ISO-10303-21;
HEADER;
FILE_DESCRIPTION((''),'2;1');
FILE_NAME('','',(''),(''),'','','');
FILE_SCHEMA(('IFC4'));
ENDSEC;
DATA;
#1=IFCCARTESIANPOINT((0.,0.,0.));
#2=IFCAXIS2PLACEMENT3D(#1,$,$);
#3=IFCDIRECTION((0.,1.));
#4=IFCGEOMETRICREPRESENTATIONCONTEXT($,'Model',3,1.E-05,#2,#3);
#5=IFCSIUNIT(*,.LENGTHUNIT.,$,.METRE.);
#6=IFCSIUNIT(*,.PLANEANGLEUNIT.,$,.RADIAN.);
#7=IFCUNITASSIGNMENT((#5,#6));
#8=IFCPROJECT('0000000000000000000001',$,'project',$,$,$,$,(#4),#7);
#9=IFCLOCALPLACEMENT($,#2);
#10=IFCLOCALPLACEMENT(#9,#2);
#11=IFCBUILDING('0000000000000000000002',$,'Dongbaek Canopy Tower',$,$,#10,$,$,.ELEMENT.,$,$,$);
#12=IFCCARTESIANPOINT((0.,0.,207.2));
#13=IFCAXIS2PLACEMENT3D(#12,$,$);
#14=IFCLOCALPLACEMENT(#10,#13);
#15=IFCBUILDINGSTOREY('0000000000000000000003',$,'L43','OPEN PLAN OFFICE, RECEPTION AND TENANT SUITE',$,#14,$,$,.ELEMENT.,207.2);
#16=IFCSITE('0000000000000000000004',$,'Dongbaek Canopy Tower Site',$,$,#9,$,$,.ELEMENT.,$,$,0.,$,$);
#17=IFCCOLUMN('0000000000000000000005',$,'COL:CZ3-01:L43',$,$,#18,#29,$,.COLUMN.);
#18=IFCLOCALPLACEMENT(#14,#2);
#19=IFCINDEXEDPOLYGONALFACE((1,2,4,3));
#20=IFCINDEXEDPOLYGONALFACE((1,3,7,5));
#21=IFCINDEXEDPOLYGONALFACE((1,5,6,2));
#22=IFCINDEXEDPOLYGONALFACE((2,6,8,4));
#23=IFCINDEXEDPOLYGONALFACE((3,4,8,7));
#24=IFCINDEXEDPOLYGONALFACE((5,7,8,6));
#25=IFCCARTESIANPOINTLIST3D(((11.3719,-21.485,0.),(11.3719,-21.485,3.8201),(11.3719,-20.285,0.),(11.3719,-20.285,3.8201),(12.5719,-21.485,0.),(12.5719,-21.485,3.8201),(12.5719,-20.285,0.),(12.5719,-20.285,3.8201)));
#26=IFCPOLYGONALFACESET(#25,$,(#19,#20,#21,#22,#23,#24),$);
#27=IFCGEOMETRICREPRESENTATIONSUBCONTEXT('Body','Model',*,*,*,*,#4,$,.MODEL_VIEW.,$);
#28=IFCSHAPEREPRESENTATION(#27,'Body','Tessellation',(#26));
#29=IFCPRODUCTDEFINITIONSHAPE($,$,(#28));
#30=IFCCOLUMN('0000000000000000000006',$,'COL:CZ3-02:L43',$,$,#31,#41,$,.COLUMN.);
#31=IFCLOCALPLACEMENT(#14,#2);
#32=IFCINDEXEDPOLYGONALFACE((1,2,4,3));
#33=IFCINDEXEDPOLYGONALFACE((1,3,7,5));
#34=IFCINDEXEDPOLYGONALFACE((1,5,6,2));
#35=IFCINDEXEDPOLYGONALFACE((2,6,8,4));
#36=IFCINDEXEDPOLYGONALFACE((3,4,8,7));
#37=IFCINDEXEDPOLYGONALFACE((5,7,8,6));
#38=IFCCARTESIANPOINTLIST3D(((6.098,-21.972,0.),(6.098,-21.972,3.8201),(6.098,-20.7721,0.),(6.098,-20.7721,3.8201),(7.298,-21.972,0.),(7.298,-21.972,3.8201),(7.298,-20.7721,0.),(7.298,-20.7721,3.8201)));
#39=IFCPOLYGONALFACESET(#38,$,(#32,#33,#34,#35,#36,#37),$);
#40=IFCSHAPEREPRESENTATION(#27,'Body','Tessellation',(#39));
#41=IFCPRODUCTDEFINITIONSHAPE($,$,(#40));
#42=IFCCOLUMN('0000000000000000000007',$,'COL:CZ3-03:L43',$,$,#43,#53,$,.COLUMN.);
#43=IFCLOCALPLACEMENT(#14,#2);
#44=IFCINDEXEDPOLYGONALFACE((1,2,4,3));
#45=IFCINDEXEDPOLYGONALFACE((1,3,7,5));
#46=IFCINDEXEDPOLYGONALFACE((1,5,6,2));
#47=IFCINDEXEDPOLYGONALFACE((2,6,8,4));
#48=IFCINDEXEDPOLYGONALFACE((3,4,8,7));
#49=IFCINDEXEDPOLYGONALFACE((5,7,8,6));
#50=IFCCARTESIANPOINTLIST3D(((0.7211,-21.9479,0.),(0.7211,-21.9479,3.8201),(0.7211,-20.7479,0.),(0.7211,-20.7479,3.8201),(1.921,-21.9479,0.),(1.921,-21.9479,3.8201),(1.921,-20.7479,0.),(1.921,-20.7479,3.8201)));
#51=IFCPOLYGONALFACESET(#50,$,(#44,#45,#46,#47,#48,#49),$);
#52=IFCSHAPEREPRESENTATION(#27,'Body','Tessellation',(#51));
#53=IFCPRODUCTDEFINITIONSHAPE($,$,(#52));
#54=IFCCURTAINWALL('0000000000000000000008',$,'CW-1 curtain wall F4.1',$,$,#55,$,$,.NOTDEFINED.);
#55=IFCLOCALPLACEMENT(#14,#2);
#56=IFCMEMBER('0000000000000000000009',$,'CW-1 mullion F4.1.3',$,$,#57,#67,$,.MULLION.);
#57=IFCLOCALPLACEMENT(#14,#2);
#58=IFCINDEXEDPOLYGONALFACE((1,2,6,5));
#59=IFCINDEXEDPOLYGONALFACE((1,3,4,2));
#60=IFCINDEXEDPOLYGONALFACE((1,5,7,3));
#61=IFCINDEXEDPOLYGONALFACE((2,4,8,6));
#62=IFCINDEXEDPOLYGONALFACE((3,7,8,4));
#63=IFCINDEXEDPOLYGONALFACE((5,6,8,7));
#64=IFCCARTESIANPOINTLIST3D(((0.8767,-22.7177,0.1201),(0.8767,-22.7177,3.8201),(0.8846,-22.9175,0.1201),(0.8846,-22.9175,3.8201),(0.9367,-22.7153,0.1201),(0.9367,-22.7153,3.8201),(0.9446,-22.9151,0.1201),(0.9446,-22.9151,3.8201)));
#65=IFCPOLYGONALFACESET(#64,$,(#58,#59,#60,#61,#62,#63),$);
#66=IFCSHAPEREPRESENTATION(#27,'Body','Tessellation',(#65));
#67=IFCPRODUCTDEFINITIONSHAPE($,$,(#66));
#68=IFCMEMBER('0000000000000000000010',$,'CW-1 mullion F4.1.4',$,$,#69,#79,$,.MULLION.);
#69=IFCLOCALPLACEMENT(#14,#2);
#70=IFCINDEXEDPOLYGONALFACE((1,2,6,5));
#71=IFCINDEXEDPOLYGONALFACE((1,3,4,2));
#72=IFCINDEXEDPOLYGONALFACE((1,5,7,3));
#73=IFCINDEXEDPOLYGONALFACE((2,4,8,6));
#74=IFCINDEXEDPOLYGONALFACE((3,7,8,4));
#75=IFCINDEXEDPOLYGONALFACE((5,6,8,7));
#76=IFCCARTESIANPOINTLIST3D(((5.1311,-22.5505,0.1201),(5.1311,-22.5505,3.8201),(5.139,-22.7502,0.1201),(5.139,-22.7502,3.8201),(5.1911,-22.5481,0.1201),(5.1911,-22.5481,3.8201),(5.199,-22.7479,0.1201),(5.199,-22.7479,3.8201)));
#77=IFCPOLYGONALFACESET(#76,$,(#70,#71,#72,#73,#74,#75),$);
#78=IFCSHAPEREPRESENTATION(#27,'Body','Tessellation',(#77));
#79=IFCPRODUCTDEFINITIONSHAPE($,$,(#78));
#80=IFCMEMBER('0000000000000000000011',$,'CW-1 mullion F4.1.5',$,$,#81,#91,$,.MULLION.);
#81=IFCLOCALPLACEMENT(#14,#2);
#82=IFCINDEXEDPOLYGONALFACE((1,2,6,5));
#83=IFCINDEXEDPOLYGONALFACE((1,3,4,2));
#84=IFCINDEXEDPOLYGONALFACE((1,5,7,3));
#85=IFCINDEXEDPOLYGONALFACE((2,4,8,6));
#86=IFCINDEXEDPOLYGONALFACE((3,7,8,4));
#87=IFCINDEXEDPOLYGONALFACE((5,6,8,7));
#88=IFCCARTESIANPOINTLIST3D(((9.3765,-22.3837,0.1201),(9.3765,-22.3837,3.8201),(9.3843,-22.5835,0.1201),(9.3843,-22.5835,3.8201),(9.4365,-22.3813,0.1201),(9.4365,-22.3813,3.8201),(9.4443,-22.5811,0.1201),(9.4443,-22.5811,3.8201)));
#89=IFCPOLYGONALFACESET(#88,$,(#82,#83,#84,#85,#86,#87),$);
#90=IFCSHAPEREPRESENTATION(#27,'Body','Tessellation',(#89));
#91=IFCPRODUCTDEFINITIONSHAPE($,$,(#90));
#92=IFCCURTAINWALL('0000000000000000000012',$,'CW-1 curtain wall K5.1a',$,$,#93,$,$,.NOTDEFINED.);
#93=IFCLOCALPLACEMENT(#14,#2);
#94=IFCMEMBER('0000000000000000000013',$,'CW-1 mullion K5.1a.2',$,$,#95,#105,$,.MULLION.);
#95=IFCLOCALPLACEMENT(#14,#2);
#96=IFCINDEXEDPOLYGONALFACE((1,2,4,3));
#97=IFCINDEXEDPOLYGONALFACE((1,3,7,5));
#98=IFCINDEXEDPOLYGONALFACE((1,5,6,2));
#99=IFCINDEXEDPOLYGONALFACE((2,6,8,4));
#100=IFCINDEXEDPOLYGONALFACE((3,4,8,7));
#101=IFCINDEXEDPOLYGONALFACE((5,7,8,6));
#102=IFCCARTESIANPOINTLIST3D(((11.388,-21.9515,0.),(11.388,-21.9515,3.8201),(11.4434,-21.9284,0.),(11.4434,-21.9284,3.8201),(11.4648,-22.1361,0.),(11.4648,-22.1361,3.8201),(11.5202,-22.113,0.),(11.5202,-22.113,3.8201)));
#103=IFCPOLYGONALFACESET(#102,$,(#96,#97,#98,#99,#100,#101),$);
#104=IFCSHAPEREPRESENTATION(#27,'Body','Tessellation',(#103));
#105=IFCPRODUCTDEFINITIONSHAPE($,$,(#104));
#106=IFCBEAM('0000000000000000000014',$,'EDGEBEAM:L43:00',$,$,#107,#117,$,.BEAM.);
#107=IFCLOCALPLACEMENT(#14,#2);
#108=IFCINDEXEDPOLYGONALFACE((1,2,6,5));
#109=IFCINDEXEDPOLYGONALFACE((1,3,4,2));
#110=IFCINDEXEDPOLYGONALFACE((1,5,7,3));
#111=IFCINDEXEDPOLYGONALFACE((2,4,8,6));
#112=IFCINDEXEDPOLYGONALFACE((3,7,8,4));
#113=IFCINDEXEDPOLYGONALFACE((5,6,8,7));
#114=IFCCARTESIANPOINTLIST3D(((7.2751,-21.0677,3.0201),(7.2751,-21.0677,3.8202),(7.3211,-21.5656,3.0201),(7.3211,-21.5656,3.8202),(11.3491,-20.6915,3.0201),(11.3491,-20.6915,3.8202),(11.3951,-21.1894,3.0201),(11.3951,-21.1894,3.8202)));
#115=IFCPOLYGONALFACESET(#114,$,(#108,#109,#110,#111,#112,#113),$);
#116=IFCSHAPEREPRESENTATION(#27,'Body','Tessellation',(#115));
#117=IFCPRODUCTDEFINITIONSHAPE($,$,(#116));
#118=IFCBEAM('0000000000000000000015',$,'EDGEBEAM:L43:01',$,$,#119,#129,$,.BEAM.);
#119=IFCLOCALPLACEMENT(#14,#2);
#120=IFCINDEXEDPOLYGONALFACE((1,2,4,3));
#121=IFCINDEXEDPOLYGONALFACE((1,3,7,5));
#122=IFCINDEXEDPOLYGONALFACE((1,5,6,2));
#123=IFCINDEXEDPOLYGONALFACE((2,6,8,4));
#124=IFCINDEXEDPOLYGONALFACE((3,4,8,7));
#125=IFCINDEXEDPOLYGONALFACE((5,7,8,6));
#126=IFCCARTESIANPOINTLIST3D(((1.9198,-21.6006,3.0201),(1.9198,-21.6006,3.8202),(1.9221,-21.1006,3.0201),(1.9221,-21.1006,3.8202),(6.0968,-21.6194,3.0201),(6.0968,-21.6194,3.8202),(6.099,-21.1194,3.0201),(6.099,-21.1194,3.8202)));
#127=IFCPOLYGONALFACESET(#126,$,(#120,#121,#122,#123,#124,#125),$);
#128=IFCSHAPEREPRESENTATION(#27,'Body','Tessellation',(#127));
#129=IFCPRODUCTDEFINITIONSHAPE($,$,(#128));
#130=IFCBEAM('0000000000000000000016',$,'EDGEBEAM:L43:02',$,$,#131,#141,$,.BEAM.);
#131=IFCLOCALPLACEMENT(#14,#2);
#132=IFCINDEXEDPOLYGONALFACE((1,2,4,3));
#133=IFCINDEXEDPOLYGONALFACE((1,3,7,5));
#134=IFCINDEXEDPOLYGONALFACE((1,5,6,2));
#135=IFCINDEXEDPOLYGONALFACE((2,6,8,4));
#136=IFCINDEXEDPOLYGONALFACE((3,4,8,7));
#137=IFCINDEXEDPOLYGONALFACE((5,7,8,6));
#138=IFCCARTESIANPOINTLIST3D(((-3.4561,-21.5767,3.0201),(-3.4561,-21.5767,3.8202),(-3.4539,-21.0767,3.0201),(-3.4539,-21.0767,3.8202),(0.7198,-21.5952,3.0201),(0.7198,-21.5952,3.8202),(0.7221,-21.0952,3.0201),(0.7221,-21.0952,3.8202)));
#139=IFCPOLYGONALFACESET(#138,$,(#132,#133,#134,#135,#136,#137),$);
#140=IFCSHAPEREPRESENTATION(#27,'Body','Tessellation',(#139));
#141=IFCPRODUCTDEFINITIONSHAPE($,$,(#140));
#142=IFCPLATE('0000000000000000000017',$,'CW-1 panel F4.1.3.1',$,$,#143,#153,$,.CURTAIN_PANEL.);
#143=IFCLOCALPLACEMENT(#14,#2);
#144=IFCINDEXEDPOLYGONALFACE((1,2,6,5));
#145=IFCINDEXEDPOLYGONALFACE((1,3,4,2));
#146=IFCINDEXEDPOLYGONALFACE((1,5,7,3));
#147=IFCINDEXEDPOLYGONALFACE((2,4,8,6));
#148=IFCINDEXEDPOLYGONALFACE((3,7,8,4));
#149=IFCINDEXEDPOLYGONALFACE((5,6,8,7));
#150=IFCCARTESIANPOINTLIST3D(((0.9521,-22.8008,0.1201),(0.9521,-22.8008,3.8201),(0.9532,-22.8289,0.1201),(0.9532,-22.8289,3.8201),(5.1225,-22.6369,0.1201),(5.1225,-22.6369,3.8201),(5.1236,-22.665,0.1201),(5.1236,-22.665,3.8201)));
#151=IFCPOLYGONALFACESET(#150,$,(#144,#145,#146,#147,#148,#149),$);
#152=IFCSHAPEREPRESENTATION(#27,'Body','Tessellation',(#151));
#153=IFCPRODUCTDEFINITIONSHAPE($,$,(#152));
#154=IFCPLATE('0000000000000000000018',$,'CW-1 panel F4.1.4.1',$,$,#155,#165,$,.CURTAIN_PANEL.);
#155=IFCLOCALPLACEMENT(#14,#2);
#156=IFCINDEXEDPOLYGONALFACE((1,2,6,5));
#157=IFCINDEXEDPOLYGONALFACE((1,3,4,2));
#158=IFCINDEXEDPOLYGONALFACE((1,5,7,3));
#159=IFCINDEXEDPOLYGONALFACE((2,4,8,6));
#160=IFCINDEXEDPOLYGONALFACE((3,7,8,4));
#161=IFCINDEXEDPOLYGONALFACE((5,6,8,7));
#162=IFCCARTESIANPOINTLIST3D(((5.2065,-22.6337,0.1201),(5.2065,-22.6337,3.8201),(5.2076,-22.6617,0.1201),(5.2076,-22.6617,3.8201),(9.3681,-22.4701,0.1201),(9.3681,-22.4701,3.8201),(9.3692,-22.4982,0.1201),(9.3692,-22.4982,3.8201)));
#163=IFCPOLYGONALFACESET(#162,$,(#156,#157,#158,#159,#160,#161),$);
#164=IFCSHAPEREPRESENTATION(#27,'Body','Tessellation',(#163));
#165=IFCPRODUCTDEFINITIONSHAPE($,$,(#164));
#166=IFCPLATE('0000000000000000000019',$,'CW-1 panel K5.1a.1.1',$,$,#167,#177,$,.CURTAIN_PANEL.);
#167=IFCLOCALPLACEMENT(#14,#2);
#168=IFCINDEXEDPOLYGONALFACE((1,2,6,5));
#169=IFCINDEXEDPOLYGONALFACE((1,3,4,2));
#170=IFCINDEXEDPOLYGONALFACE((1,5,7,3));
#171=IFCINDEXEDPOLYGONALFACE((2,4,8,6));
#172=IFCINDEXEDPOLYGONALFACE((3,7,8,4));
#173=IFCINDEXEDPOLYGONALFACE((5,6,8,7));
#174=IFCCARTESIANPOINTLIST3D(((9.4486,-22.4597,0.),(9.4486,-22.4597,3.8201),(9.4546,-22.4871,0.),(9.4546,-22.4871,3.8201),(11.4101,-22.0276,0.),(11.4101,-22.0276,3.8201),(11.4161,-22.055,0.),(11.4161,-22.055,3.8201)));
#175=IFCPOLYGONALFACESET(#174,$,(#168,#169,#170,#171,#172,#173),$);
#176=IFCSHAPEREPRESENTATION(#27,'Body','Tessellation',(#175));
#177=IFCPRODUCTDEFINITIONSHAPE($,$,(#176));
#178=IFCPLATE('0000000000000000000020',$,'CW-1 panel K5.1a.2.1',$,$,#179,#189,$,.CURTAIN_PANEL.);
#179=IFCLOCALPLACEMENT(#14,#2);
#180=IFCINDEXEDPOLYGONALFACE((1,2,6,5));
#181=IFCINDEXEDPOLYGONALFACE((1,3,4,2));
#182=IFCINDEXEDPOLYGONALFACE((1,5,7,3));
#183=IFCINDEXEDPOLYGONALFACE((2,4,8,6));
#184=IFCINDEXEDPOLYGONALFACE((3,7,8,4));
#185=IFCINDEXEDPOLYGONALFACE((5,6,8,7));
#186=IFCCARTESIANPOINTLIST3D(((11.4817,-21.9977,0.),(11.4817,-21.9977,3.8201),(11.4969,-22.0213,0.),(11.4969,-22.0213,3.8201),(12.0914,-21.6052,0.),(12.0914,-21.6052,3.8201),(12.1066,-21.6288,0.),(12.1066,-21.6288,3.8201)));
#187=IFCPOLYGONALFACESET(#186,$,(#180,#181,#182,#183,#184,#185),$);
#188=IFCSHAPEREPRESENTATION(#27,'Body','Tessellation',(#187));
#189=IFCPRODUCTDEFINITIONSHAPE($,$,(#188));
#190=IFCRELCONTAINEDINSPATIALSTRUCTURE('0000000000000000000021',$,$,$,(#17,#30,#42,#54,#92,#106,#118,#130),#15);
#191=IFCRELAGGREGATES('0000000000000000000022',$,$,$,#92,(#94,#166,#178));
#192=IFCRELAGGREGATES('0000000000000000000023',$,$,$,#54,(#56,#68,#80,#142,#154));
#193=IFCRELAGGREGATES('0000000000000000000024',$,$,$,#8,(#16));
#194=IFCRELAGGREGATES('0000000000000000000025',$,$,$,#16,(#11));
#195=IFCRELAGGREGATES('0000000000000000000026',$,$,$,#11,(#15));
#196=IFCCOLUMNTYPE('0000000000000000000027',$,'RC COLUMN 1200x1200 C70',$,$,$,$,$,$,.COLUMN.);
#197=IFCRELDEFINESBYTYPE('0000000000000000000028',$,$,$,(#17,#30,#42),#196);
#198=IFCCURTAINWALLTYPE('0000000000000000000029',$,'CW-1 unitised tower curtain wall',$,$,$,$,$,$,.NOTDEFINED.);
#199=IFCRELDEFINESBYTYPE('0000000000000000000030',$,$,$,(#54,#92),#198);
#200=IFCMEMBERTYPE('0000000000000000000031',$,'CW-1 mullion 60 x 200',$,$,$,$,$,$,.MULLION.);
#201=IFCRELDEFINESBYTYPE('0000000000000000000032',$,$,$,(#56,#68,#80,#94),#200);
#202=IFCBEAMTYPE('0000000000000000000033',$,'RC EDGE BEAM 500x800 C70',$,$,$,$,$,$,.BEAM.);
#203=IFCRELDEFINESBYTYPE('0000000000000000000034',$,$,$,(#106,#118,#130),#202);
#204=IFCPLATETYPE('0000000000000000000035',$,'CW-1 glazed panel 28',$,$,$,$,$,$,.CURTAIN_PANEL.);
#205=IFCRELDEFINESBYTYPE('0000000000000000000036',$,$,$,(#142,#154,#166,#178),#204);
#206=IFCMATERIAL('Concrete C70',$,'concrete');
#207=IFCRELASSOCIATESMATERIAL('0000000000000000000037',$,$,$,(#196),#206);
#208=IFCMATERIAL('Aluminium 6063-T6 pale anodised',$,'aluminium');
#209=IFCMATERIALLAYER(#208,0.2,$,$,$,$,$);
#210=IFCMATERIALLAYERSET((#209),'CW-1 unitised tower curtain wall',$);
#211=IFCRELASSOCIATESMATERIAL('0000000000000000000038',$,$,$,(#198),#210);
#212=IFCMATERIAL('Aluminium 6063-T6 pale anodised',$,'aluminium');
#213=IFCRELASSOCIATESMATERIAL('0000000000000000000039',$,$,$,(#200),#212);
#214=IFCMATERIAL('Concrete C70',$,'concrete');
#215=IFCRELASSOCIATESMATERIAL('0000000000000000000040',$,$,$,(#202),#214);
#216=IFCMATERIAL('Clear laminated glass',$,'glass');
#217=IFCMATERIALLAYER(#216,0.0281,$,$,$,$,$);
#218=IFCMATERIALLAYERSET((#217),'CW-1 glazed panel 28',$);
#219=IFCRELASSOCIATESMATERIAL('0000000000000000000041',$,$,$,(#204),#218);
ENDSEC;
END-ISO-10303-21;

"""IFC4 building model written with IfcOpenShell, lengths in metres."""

from ifc_helpers import new_model, si_unit, direction, frame, origin, origin_2d, place, context, subcontext, project, spatial, rectangle, extrude, material, layer, layer_set, material_profile, profile_set, type_object, element, aggregate, save


model = new_model("IFC4")

# Units and contexts
model_context = context("Model", 3, precision=1e-05, world=origin(), true_north=direction((0.0, 1.0)))
body_context = subcontext(model_context, "Body", "Model", "MODEL_VIEW")
ifc_project = project(units=[si_unit("LENGTHUNIT", "METRE"), si_unit("PLANEANGLEUNIT", "RADIAN")], contexts=[model_context])

# Site, building, storey
site_placement = place(None, origin())
site = spatial("IfcSite", under=ifc_project, at=site_placement, Name="Dongbaek Canopy Tower Site", CompositionType="ELEMENT", RefElevation=0.0)
building_placement = place(site_placement, origin())
building = spatial("IfcBuilding", under=site, at=building_placement, Name="Dongbaek Canopy Tower", CompositionType="ELEMENT")
storey_placement = place(building_placement, frame((0.0, 0.0, 207.2)))
storey = spatial("IfcBuildingStorey", under=building, at=storey_placement, Name="L43", Description="OPEN PLAN OFFICE, RECEPTION AND TENANT SUITE", CompositionType="ELEMENT", Elevation=207.2)

# Columns
ifc_material_1 = material(Name="Concrete C70", Category="concrete")
ifc_material_profile_1 = material_profile(ifc_material_1, rectangle(XDim=1.2, YDim=1.2, at=origin_2d()), Name="RC COLUMN 1200x1200 C70")
ifc_profile_set_1 = profile_set([ifc_material_profile_1], Name="Concrete C70")
column_type = type_object("IfcColumnType", Name="RC COLUMN 1200x1200 C70", PredefinedType="COLUMN", material=ifc_profile_set_1)
for number, where, z_axis, x_axis, name in (
    (1, (11.9719, -20.885, 0.0), (0.0, 0.0, 1.0), (1.0, 0.0, 0.0), "COL:CZ3-01:L43"),
    (2, (6.698, -21.3721, 0.0), (0.0, 0.0, 1.0), (1.0, 0.0, 0.0), "COL:CZ3-02:L43"),
    (3, (1.321, -21.3479, 0.0), (0.0, 0.0, 1.0), (1.0, 0.0, 0.0), "COL:CZ3-03:L43"),
):
    element("IfcColumn", number, at=place(storey_placement, frame(where, z_axis=z_axis, x_axis=x_axis)), inside=storey, type_object=column_type, Name=name, PredefinedType="COLUMN", context=body_context, shape_type="SweptSolid", body=[
        extrude(rectangle(XDim=1.2, YDim=1.2, at=origin_2d()), origin(), (0.0, 0.0, 1.0), 3.8201),
    ])

# Curtain wall, members
ifc_material_2 = material(Name="Aluminium 6063-T6 pale anodised", Category="aluminium")
ifc_layer_1 = layer(ifc_material_2, 0.2)
ifc_layer_set_1 = layer_set([ifc_layer_1], Name="CW-1 unitised tower curtain wall")
curtain_wall_type = type_object("IfcCurtainWallType", Name="CW-1 unitised tower curtain wall", PredefinedType="NOTDEFINED", material=ifc_layer_set_1)
curtain_wall_1_placement = place(storey_placement, origin())
curtain_wall_1 = element("IfcCurtainWall", 4, at=curtain_wall_1_placement, inside=storey, type_object=curtain_wall_type, Name="CW-1 curtain wall F4.1", PredefinedType="NOTDEFINED")
ifc_material_3 = material(Name="Aluminium 6063-T6 pale anodised", Category="aluminium")
ifc_material_profile_2 = material_profile(ifc_material_3, rectangle(XDim=0.2, YDim=0.0601, at=origin_2d()), Name="CW-1 mullion 60 x 200")
ifc_profile_set_2 = profile_set([ifc_material_profile_2], Name="Aluminium 6063-T6 pale anodised")
member_type = type_object("IfcMemberType", Name="CW-1 mullion 60 x 200", PredefinedType="MULLION", material=ifc_profile_set_2)
member_1_placement = place(storey_placement, frame((0.9106, -22.8164, 0.1201), z_axis=(0.0, 0.0, 1.0), x_axis=(0.039276, -0.999228, 0.0)))
member_1 = element("IfcMember", 5, at=member_1_placement, type_object=member_type, Name="CW-1 mullion F4.1.3", PredefinedType="MULLION", context=body_context, shape_type="SweptSolid", body=[
    extrude(rectangle(XDim=0.2, YDim=0.0601, at=origin_2d()), origin(), (0.0, 0.0, 1.0), 3.7),
])
member_2_placement = place(storey_placement, frame((5.165, -22.6492, 0.1201), z_axis=(0.0, 0.0, 1.0), x_axis=(0.039276, -0.999228, 0.0)))
member_2 = element("IfcMember", 6, at=member_2_placement, type_object=member_type, Name="CW-1 mullion F4.1.4", PredefinedType="MULLION", context=body_context, shape_type="SweptSolid", body=[
    extrude(rectangle(XDim=0.2, YDim=0.0601, at=origin_2d()), origin(), (0.0, 0.0, 1.0), 3.7),
])
member_3_placement = place(storey_placement, frame((9.4104, -22.4824, 0.1201), z_axis=(0.0, 0.0, 1.0), x_axis=(0.039276, -0.999228, 0.0)))
member_3 = element("IfcMember", 7, at=member_3_placement, type_object=member_type, Name="CW-1 mullion F4.1.5", PredefinedType="MULLION", context=body_context, shape_type="SweptSolid", body=[
    extrude(rectangle(XDim=0.2, YDim=0.0601, at=origin_2d()), origin(), (0.0, 0.0, 1.0), 3.7),
])

# Curtain wall, member
curtain_wall_2_placement = place(storey_placement, origin())
curtain_wall_2 = element("IfcCurtainWall", 8, at=curtain_wall_2_placement, inside=storey, type_object=curtain_wall_type, Name="CW-1 curtain wall K5.1a", PredefinedType="NOTDEFINED")
member_4_placement = place(storey_placement, frame((11.4541, -22.0322, 0.0), z_axis=(0.0, 0.0, 1.0), x_axis=(0.384243, -0.923232, 0.0)))
member_4 = element("IfcMember", 9, at=member_4_placement, type_object=member_type, Name="CW-1 mullion K5.1a.2", PredefinedType="MULLION", context=body_context, shape_type="SweptSolid", body=[
    extrude(rectangle(XDim=0.2, YDim=0.0601, at=origin_2d()), origin(), (0.0, 0.0, 1.0), 3.8201),
])

# Beams
ifc_material_4 = material(Name="Concrete C70", Category="concrete")
ifc_material_profile_3 = material_profile(ifc_material_4, rectangle(XDim=0.5, YDim=0.8, at=origin_2d()), Name="RC EDGE BEAM 500x800 C70")
ifc_profile_set_3 = profile_set([ifc_material_profile_3], Name="Concrete C70")
beam_type = type_object("IfcBeamType", Name="RC EDGE BEAM 500x800 C70", PredefinedType="BEAM", material=ifc_profile_set_3)
beam_1_placement = place(storey_placement, frame((11.3721, -20.9404, 3.4202), z_axis=(-0.995763, -0.091956, 0.0), x_axis=(0.091956, -0.995763, 0.0)))
element("IfcBeam", 10, at=beam_1_placement, inside=storey, type_object=beam_type, Name="EDGEBEAM:L43:00", PredefinedType="BEAM", context=body_context, shape_type="SweptSolid", body=[
    extrude(rectangle(XDim=0.5, YDim=0.8, at=origin_2d()), origin(), (0.0, 0.0, 1.0), 4.0913),
])
beam_2_placement = place(storey_placement, frame((6.0979, -21.3694, 3.4202), z_axis=(-0.99999, 0.004501, 0.0), x_axis=(-0.004501, -0.99999, 0.0)))
element("IfcBeam", 11, at=beam_2_placement, inside=storey, type_object=beam_type, Name="EDGEBEAM:L43:01", PredefinedType="BEAM", context=body_context, shape_type="SweptSolid", body=[
    extrude(rectangle(XDim=0.5, YDim=0.8, at=origin_2d()), origin(), (0.0, 0.0, 1.0), 4.177),
])
beam_3_placement = place(storey_placement, frame((0.7209, -21.3452, 3.4202), z_axis=(-0.99999, 0.004443, 0.0), x_axis=(-0.004443, -0.99999, 0.0)))
element("IfcBeam", 12, at=beam_3_placement, inside=storey, type_object=beam_type, Name="EDGEBEAM:L43:02", PredefinedType="BEAM", context=body_context, shape_type="SweptSolid", body=[
    extrude(rectangle(XDim=0.5, YDim=0.8, at=origin_2d()), origin(), (0.0, 0.0, 1.0), 4.176),
])

# Plates
ifc_material_5 = material(Name="Clear laminated glass", Category="glass")
ifc_layer_2 = layer(ifc_material_5, 0.0281)
ifc_layer_set_2 = layer_set([ifc_layer_2], Name="CW-1 glazed panel 28")
plate_type = type_object("IfcPlateType", Name="CW-1 glazed panel 28", PredefinedType="CURTAIN_PANEL", material=ifc_layer_set_2)
plate_1_placement = place(storey_placement, frame((3.0378, -22.7329, 0.1201), z_axis=(0.0, 0.0, 1.0), x_axis=(0.999228, 0.039276, 0.0)))
plate_1 = element("IfcPlate", 13, at=plate_1_placement, type_object=plate_type, Name="CW-1 panel F4.1.3.1", PredefinedType="CURTAIN_PANEL", context=body_context, shape_type="SweptSolid", body=[
    extrude(rectangle(XDim=4.1736, YDim=0.0281, at=origin_2d()), origin(), (0.0, 0.0, 1.0), 3.7),
])
plate_2_placement = place(storey_placement, frame((7.2878, -22.5659, 0.1201), z_axis=(0.0, 0.0, 1.0), x_axis=(0.999228, 0.039276, 0.0)))
plate_2 = element("IfcPlate", 14, at=plate_2_placement, type_object=plate_type, Name="CW-1 panel F4.1.4.1", PredefinedType="CURTAIN_PANEL", context=body_context, shape_type="SweptSolid", body=[
    extrude(rectangle(XDim=4.1648, YDim=0.0281, at=origin_2d()), origin(), (0.0, 0.0, 1.0), 3.7),
])
plate_3_placement = place(storey_placement, frame((10.4324, -22.2573, 0.0), z_axis=(0.0, 0.0, 1.0), x_axis=(0.976583, 0.215142, 0.0)))
plate_3 = element("IfcPlate", 15, at=plate_3_placement, type_object=plate_type, Name="CW-1 panel K5.1a.1.1", PredefinedType="CURTAIN_PANEL", context=body_context, shape_type="SweptSolid", body=[
    extrude(rectangle(XDim=2.0085, YDim=0.0281, at=origin_2d()), origin(), (0.0, 0.0, 1.0), 3.8201),
])
plate_4_placement = place(storey_placement, frame((11.7942, -21.8132, 0.0), z_axis=(0.0, 0.0, 1.0), x_axis=(0.840853, 0.541263, 0.0)))
plate_4 = element("IfcPlate", 16, at=plate_4_placement, type_object=plate_type, Name="CW-1 panel K5.1a.2.1", PredefinedType="CURTAIN_PANEL", context=body_context, shape_type="SweptSolid", body=[
    extrude(rectangle(XDim=0.7251, YDim=0.0281, at=origin_2d()), origin(), (0.0, 0.0, 1.0), 3.8201),
])
aggregate(curtain_wall_2, [member_4, plate_3, plate_4])

aggregate(curtain_wall_1, [member_1, member_2, member_3, plate_1, plate_2])

save(model, "model.ifc")
